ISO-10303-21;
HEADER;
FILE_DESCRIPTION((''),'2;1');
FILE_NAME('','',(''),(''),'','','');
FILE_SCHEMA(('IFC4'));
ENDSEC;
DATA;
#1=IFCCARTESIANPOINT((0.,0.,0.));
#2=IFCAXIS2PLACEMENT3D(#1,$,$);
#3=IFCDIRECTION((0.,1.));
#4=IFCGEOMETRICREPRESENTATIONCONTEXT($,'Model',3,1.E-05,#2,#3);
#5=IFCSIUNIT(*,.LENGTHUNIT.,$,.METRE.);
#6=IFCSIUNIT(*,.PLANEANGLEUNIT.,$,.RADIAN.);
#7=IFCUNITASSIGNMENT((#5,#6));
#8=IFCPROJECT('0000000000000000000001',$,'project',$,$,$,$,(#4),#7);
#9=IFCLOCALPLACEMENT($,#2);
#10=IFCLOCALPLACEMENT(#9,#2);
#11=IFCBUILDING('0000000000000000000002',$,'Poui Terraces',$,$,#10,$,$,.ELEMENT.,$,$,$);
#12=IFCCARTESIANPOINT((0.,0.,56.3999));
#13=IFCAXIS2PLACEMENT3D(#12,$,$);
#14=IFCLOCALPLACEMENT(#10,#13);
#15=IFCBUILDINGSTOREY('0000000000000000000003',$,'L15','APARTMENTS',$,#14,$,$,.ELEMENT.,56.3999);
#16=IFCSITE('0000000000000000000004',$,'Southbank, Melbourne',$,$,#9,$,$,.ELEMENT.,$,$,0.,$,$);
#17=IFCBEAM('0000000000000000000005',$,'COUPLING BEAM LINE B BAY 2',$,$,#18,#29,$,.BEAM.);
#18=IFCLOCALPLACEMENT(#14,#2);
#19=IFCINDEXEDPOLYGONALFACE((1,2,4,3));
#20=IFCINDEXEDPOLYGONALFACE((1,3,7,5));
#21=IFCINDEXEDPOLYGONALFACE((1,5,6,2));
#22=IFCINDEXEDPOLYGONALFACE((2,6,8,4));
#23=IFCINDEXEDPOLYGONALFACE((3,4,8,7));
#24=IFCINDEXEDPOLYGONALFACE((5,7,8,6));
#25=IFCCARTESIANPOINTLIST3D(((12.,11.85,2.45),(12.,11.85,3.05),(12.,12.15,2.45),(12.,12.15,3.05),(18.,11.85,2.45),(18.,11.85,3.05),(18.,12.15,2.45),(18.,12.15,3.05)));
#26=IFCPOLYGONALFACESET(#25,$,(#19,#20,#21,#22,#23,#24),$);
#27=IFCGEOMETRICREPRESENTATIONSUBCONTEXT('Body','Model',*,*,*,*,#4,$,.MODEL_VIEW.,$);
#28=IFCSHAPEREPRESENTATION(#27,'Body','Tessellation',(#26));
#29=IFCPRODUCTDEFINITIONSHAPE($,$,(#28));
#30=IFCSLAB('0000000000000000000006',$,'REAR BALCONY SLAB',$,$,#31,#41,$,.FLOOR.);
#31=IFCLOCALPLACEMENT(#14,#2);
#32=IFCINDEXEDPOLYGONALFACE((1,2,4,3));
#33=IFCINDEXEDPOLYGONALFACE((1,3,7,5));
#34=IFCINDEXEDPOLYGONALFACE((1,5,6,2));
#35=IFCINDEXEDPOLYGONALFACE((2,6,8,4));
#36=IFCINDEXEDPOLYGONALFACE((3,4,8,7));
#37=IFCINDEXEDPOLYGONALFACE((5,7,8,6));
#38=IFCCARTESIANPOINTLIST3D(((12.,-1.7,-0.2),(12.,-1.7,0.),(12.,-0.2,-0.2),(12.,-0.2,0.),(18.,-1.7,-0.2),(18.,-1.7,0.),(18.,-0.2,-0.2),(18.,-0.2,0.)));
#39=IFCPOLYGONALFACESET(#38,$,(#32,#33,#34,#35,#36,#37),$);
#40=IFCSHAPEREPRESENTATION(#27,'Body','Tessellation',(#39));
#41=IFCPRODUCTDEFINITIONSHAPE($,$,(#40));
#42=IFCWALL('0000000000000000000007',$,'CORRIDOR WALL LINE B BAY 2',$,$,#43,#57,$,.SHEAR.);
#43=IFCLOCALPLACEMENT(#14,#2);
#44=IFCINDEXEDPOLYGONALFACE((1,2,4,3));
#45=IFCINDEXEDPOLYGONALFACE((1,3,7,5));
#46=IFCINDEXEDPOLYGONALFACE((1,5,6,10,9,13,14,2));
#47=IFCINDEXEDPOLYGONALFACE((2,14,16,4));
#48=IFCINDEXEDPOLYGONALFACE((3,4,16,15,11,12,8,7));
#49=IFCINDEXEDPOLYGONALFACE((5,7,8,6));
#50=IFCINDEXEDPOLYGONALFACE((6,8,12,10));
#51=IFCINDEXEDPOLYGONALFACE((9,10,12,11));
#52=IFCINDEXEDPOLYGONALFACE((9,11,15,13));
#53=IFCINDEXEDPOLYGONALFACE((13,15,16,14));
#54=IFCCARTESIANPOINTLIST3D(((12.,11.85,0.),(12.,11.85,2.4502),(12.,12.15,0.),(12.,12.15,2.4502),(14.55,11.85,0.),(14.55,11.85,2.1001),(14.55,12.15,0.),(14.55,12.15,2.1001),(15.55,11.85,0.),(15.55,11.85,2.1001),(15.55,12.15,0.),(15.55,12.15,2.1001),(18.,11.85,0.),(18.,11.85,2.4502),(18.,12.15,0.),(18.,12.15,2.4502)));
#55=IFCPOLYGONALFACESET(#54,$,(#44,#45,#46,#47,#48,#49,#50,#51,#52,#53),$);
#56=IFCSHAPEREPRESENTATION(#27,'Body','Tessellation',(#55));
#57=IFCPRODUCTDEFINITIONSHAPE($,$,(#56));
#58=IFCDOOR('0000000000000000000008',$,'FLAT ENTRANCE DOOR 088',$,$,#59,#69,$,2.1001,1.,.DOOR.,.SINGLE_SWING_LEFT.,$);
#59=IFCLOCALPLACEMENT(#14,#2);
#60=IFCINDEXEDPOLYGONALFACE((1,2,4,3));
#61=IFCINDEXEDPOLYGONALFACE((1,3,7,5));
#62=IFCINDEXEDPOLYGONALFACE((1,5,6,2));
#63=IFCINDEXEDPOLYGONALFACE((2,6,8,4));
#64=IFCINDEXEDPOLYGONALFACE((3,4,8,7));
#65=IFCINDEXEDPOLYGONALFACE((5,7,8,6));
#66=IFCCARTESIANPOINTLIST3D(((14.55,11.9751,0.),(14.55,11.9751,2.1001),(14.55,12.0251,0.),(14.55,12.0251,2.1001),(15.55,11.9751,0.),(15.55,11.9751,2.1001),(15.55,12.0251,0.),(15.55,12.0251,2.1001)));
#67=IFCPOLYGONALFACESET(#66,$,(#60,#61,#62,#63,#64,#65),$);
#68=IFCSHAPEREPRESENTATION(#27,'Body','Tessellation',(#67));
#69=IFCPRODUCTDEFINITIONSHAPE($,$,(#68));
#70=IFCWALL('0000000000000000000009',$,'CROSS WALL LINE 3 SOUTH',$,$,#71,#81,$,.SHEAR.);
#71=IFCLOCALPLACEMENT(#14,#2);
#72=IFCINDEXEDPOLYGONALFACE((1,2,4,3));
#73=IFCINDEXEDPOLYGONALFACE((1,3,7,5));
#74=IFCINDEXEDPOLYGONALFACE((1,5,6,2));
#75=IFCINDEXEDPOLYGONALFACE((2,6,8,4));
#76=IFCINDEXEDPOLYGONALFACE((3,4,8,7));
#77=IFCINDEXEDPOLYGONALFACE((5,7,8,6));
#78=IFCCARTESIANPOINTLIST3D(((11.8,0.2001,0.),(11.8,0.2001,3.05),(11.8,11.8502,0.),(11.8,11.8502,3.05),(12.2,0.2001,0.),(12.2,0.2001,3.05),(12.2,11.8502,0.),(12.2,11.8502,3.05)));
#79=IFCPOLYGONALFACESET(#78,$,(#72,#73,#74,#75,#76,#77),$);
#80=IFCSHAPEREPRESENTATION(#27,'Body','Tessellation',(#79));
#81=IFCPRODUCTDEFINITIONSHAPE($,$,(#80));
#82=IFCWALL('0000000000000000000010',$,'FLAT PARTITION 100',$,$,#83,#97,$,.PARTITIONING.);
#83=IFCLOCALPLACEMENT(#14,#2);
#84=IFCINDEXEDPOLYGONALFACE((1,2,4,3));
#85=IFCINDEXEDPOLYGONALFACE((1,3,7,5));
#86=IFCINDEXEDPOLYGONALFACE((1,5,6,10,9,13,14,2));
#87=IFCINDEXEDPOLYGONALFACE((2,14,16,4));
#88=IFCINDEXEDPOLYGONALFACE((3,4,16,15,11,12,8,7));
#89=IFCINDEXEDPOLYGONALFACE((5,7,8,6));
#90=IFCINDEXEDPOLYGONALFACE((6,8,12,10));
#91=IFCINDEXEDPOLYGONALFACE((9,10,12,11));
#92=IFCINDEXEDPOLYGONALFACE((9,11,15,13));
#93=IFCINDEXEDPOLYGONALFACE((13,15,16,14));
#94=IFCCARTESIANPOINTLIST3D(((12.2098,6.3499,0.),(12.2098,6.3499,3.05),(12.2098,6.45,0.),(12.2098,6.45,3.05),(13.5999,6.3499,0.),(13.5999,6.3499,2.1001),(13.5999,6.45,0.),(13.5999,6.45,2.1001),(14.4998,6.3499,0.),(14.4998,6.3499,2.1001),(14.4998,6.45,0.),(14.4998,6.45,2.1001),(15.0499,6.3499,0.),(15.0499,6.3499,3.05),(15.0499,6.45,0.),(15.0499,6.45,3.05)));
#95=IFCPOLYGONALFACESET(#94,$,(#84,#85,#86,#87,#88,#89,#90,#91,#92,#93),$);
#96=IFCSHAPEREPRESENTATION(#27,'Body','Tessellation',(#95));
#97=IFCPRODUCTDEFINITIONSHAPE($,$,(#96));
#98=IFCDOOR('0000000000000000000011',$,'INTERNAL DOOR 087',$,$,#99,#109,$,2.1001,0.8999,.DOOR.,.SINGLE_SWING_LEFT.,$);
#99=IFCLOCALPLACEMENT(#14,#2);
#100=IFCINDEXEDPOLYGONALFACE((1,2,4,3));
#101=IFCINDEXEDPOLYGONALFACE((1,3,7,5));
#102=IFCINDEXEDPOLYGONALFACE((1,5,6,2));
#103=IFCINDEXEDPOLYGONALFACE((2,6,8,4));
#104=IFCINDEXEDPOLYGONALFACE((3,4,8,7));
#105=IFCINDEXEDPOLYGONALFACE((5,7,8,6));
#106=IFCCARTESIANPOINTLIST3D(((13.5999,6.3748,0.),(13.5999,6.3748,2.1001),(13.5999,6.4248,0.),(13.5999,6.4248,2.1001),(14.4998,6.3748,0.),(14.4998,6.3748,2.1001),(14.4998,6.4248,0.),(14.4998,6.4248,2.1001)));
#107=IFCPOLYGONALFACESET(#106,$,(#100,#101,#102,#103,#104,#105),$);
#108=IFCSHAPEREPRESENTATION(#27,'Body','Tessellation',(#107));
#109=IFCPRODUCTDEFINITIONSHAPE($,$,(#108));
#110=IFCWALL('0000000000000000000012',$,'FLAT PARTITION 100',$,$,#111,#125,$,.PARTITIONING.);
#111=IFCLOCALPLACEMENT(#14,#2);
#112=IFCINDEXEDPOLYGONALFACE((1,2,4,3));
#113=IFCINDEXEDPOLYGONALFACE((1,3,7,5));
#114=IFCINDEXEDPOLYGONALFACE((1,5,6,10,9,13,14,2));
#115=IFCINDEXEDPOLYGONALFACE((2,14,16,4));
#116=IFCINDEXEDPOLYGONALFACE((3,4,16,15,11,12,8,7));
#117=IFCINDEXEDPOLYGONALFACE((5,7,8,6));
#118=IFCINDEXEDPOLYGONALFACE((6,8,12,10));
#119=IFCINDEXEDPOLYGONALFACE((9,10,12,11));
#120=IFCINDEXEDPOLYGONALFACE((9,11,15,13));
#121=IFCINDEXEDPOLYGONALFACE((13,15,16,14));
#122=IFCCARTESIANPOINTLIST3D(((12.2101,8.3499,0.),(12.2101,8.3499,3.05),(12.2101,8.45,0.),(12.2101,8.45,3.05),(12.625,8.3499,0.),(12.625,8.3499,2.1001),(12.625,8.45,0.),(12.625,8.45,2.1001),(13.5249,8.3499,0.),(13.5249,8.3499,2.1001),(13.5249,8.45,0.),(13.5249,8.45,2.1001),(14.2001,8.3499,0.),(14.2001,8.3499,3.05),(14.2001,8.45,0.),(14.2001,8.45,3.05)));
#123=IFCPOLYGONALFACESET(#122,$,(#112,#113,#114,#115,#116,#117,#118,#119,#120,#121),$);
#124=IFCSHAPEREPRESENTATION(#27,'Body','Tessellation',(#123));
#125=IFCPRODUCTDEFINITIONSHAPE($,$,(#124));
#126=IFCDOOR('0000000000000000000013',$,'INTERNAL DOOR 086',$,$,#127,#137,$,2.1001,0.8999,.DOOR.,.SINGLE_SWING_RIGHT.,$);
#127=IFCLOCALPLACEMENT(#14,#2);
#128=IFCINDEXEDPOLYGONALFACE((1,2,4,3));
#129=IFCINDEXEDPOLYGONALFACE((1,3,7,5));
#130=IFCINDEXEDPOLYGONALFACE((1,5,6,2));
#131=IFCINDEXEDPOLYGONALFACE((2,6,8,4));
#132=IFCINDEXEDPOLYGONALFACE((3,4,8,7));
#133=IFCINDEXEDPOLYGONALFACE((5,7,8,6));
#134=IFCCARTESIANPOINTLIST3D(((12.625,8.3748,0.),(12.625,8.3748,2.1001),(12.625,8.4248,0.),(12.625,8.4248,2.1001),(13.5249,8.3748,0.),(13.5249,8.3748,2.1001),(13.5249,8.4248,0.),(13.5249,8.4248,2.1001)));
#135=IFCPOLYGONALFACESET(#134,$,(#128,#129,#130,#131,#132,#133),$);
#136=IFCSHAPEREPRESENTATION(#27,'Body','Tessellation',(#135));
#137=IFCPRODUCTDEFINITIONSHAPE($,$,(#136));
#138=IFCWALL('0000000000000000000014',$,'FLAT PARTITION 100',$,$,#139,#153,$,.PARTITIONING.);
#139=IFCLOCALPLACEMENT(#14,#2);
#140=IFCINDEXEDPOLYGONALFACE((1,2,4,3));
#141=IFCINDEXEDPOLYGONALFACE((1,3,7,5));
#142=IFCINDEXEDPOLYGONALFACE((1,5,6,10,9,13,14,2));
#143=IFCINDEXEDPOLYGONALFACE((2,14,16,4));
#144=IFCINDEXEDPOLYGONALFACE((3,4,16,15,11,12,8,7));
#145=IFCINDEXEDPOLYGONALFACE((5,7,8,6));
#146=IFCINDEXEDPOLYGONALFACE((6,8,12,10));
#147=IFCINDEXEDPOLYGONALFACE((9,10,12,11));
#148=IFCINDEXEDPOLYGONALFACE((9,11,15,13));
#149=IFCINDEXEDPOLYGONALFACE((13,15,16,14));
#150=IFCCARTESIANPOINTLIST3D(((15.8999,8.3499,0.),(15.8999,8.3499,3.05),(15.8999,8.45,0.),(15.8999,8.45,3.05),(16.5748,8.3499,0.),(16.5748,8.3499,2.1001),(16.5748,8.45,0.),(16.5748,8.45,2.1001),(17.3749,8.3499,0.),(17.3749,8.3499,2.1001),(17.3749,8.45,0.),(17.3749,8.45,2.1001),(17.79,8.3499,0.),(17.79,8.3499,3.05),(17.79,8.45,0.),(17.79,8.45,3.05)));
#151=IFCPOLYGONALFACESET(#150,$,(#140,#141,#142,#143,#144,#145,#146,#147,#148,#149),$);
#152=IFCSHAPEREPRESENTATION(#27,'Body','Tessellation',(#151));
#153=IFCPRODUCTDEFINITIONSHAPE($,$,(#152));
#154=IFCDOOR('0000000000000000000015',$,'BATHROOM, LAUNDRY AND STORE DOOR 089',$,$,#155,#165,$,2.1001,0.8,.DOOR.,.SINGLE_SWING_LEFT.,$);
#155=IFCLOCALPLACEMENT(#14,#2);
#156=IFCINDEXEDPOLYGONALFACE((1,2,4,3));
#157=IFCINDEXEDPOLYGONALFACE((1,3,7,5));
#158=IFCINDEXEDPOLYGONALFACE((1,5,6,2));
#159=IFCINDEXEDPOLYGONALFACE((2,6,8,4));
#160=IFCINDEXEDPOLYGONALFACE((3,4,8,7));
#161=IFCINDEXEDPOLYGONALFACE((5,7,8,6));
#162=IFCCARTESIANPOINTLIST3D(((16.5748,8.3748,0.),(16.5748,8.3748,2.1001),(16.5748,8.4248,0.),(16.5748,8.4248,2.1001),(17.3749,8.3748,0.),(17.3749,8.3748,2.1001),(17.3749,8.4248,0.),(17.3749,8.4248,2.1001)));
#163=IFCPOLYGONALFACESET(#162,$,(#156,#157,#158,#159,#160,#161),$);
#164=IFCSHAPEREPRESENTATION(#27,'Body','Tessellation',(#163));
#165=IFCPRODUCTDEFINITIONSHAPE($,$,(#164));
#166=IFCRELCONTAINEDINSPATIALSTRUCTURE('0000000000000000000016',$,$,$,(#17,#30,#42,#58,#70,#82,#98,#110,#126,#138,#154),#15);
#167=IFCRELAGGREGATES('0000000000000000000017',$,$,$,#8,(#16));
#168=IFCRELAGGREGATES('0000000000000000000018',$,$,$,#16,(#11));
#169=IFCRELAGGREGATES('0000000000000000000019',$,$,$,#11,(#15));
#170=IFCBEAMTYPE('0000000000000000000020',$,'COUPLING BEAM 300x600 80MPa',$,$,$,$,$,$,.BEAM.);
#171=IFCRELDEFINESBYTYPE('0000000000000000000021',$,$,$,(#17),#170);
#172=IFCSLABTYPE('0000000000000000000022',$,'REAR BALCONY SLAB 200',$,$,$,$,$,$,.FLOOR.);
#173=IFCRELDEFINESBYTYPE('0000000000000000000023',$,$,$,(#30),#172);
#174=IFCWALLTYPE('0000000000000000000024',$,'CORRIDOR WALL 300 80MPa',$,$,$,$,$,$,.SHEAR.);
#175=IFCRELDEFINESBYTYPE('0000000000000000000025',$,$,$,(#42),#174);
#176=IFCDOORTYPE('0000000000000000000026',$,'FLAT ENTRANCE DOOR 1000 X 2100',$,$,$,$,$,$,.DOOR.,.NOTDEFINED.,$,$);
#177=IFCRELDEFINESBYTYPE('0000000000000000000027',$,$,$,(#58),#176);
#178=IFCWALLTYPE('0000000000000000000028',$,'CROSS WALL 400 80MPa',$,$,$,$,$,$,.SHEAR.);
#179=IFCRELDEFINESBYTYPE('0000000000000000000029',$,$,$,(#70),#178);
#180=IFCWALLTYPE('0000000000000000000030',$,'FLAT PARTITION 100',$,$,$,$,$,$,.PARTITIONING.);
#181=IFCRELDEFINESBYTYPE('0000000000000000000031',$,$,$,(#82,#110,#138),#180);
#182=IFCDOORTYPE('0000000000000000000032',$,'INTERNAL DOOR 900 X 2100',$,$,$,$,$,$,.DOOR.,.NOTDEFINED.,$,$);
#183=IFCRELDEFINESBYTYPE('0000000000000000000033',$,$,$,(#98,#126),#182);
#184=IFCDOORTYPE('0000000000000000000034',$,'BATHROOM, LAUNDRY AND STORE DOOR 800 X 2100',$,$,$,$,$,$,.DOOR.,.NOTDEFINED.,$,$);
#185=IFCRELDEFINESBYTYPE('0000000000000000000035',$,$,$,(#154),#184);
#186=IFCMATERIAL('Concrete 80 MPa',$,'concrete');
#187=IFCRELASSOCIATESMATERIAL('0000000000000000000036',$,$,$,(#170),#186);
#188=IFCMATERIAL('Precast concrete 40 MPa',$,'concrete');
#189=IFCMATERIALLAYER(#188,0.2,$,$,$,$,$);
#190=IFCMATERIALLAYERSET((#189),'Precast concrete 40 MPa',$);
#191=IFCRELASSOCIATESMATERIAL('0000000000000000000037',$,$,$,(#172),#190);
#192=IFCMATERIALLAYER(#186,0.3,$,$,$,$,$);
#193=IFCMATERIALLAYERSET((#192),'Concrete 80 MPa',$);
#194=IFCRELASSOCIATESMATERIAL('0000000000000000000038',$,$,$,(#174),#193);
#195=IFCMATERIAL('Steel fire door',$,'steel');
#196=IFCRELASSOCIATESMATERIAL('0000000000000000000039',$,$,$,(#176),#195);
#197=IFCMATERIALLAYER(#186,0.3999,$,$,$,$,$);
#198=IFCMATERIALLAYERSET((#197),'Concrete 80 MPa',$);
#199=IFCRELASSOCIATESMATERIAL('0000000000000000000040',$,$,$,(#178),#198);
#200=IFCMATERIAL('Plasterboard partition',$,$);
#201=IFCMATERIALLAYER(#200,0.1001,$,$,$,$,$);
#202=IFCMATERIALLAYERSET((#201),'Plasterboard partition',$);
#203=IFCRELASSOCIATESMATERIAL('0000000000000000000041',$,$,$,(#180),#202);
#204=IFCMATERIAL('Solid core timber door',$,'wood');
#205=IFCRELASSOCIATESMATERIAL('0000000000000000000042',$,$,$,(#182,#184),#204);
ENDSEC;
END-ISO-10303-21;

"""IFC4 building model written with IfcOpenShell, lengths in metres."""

from ifc_helpers import new_model, si_unit, direction, frame, frame_2d, origin, origin_2d, place, context, subcontext, project, spatial, polyline, rectangle, outline, extrude, source, transform, mapped, material, layer, layer_set, material_profile, profile_set, type_object, element, fill, save


model = new_model("IFC4")

# Units and contexts
model_context = context("Model", 3, precision=1e-05, world=origin(), true_north=direction((0.0, 1.0)))
body_context = subcontext(model_context, "Body", "Model", "MODEL_VIEW")
ifc_project = project(units=[si_unit("LENGTHUNIT", "METRE"), si_unit("PLANEANGLEUNIT", "RADIAN")], contexts=[model_context])

# Site, building, storey
site_placement = place(None, origin())
site = spatial("IfcSite", under=ifc_project, at=site_placement, Name="Southbank, Melbourne", CompositionType="ELEMENT", RefElevation=0.0)
building_placement = place(site_placement, origin())
building = spatial("IfcBuilding", under=site, at=building_placement, Name="Poui Terraces", CompositionType="ELEMENT")
storey_placement = place(building_placement, frame((0.0, 0.0, 56.3999)))
storey = spatial("IfcBuildingStorey", under=building, at=storey_placement, Name="L15", Description="APARTMENTS", CompositionType="ELEMENT", Elevation=56.3999)

# Beam
ifc_material_1 = material(Name="Concrete 80 MPa", Category="concrete")
ifc_material_profile_1 = material_profile(ifc_material_1, rectangle(XDim=0.3, YDim=0.6001, at=origin_2d()), Name="RC 300x600")
ifc_profile_set_1 = profile_set([ifc_material_profile_1], Name="Concrete 80 MPa")
beam_type = type_object("IfcBeamType", Name="COUPLING BEAM 300x600 80MPa", PredefinedType="BEAM", material=ifc_profile_set_1)
shared_shape_1 = source(origin(), body_context, "Body", "SweptSolid", [
    extrude(rectangle(XDim=0.3, YDim=0.6001, at=origin_2d()), origin(), (0.0, 0.0, 1.0), 6.0),
])
beam_placement = place(storey_placement, frame((12.0, 12.0, 2.75), z_axis=(1.0, 0.0, 0.0), x_axis=(0.0, 1.0, 0.0)))
element("IfcBeam", 1, at=beam_placement, inside=storey, type_object=beam_type, Name="COUPLING BEAM LINE B BAY 2", PredefinedType="BEAM", context=body_context, shape_type="MappedRepresentation", body=[
    mapped(shared_shape_1, transform((0.0, 0.0, 0.0))),
])

# Slab
ifc_material_2 = material(Name="Precast concrete 40 MPa", Category="concrete")
ifc_layer_1 = layer(ifc_material_2, 0.2)
ifc_layer_set_1 = layer_set([ifc_layer_1], Name="Precast concrete 40 MPa")
slab_type = type_object("IfcSlabType", Name="REAR BALCONY SLAB 200", PredefinedType="FLOOR", material=ifc_layer_set_1)
shared_shape_2 = source(origin(), body_context, "Body", "SweptSolid", [
    extrude(outline(polyline([(0.0, 0.0), (6.0, 0.0), (6.0, 1.5), (0.0, 1.5), (0.0, 0.0)])), origin(), (0.0, 0.0, 1.0), 0.2),
])
slab_placement = place(storey_placement, frame((12.0, -1.7, -0.2)))
element("IfcSlab", 2, at=slab_placement, inside=storey, type_object=slab_type, Name="REAR BALCONY SLAB", PredefinedType="FLOOR", context=body_context, shape_type="MappedRepresentation", body=[
    mapped(shared_shape_2, transform((0.0, 0.0, 0.0))),
])

# Wall, opening, door
ifc_layer_2 = layer(ifc_material_1, 0.3)
ifc_layer_set_2 = layer_set([ifc_layer_2], Name="Concrete 80 MPa")
wall_type_1 = type_object("IfcWallType", Name="CORRIDOR WALL 300 80MPa", PredefinedType="SHEAR", material=ifc_layer_set_2)
wall_1_placement = place(storey_placement, frame((12.0, 12.0, 0.0), z_axis=(0.0, 0.0, 1.0), x_axis=(1.0, 0.0, 0.0)))
wall_1 = element("IfcWall", 3, at=wall_1_placement, inside=storey, type_object=wall_type_1, Name="CORRIDOR WALL LINE B BAY 2", PredefinedType="SHEAR", context=body_context, shape_type="SweptSolid", body=[
    extrude(rectangle(XDim=6.0, YDim=0.3, at=frame_2d((3.0, 0.0))), origin(), (0.0, 0.0, 1.0), 2.4502),
])
opening_1_placement = place(wall_1_placement, frame((2.55, 0.0, 0.0)))
opening_1 = element("IfcOpeningElement", 4, at=opening_1_placement, cuts=wall_1, PredefinedType="OPENING", context=body_context, shape_type="SweptSolid", body=[
    extrude(rectangle(XDim=1.0, YDim=2.1001, at=frame_2d((0.5, 1.05))), frame((0.0, 0.1602, 0.0), z_axis=(0.0, -1.0, 0.0), x_axis=(1.0, 0.0, 0.0)), (0.0, 0.0, 1.0), 0.3201),
])
ifc_material_3 = material(Name="Steel fire door", Category="steel")
door_type_1 = type_object("IfcDoorType", Name="FLAT ENTRANCE DOOR 1000 X 2100", OperationType="NOTDEFINED", PredefinedType="DOOR", material=ifc_material_3)
door_1_placement = place(opening_1_placement, frame((1.0, 0.0, 0.0), z_axis=(0.0, 0.0, 1.0), x_axis=(-1.0, 0.0, 0.0)))
door_1 = element("IfcDoor", 5, at=door_1_placement, inside=storey, type_object=door_type_1, Name="FLAT ENTRANCE DOOR 088", OperationType="SINGLE_SWING_LEFT", OverallHeight=2.1001, OverallWidth=1.0, PredefinedType="DOOR", context=body_context, shape_type="SweptSolid", body=[
    extrude(rectangle(XDim=1.0, YDim=2.1001, at=frame_2d((0.5, 1.05))), frame((0.0, 0.0249, 0.0), z_axis=(0.0, -1.0, 0.0), x_axis=(1.0, 0.0, 0.0)), (0.0, 0.0, 1.0), 0.05),
])
fill(opening_1, door_1)

# Wall
ifc_layer_3 = layer(ifc_material_1, 0.3999)
ifc_layer_set_3 = layer_set([ifc_layer_3], Name="Concrete 80 MPa")
wall_type_2 = type_object("IfcWallType", Name="CROSS WALL 400 80MPa", PredefinedType="SHEAR", material=ifc_layer_set_3)
wall_2_placement = place(storey_placement, frame((12.0, 0.2, 0.0), z_axis=(0.0, 0.0, 1.0), x_axis=(0.0, 1.0, 0.0)))
element("IfcWall", 6, at=wall_2_placement, inside=storey, type_object=wall_type_2, Name="CROSS WALL LINE 3 SOUTH", PredefinedType="SHEAR", context=body_context, shape_type="SweptSolid", body=[
    extrude(rectangle(XDim=11.6501, YDim=0.3999, at=frame_2d((5.8252, 0.0))), origin(), (0.0, 0.0, 1.0), 3.05),
])

# Walls, openings, doors
ifc_material_4 = material(Name="Plasterboard partition")
ifc_layer_4 = layer(ifc_material_4, 0.1001)
ifc_layer_set_4 = layer_set([ifc_layer_4], Name="Plasterboard partition")
wall_type_3 = type_object("IfcWallType", Name="FLAT PARTITION 100", PredefinedType="PARTITIONING", material=ifc_layer_set_4)
wall_3_placement = place(storey_placement, frame((12.21, 6.3999, 0.0), z_axis=(0.0, 0.0, 1.0), x_axis=(1.0, 0.0, 0.0)))
wall_3 = element("IfcWall", 7, at=wall_3_placement, inside=storey, type_object=wall_type_3, Name="FLAT PARTITION 100", PredefinedType="PARTITIONING", context=body_context, shape_type="SweptSolid", body=[
    extrude(rectangle(XDim=2.8401, YDim=0.1001, at=frame_2d((1.4199, 0.0))), origin(), (0.0, 0.0, 1.0), 3.05),
])
opening_2_placement = place(wall_3_placement, frame((1.3899, 0.0, 0.0)))
opening_2 = element("IfcOpeningElement", 8, at=opening_2_placement, cuts=wall_3, PredefinedType="OPENING", context=body_context, shape_type="SweptSolid", body=[
    extrude(rectangle(XDim=0.8999, YDim=2.1001, at=frame_2d((0.45, 1.05))), frame((0.0, 0.0601, 0.0), z_axis=(0.0, -1.0, 0.0), x_axis=(1.0, 0.0, 0.0)), (0.0, 0.0, 1.0), 0.1201),
])
ifc_material_5 = material(Name="Solid core timber door", Category="wood")
door_type_2 = type_object("IfcDoorType", Name="INTERNAL DOOR 900 X 2100", OperationType="NOTDEFINED", PredefinedType="DOOR", material=ifc_material_5)
door_2_placement = place(opening_2_placement, origin())
door_2 = element("IfcDoor", 9, at=door_2_placement, inside=storey, type_object=door_type_2, Name="INTERNAL DOOR 087", OperationType="SINGLE_SWING_LEFT", OverallHeight=2.1001, OverallWidth=0.8999, PredefinedType="DOOR", context=body_context, shape_type="SweptSolid", body=[
    extrude(rectangle(XDim=0.8999, YDim=2.1001, at=frame_2d((0.45, 1.05))), frame((0.0, 0.0249, 0.0), z_axis=(0.0, -1.0, 0.0), x_axis=(1.0, 0.0, 0.0)), (0.0, 0.0, 1.0), 0.05),
])
fill(opening_2, door_2)
wall_4_placement = place(storey_placement, frame((12.21, 8.3999, 0.0), z_axis=(0.0, 0.0, 1.0), x_axis=(1.0, 0.0, 0.0)))
wall_4 = element("IfcWall", 10, at=wall_4_placement, inside=storey, type_object=wall_type_3, Name="FLAT PARTITION 100", PredefinedType="PARTITIONING", context=body_context, shape_type="SweptSolid", body=[
    extrude(rectangle(XDim=1.99, YDim=0.1001, at=frame_2d((0.9951, 0.0))), origin(), (0.0, 0.0, 1.0), 3.05),
])
opening_3_placement = place(wall_4_placement, frame((0.415, 0.0, 0.0)))
opening_3 = element("IfcOpeningElement", 11, at=opening_3_placement, cuts=wall_4, PredefinedType="OPENING", context=body_context, shape_type="SweptSolid", body=[
    extrude(rectangle(XDim=0.8999, YDim=2.1001, at=frame_2d((0.45, 1.05))), frame((0.0, 0.0601, 0.0), z_axis=(0.0, -1.0, 0.0), x_axis=(1.0, 0.0, 0.0)), (0.0, 0.0, 1.0), 0.1201),
])
door_3_placement = place(opening_3_placement, origin())
door_3 = element("IfcDoor", 12, at=door_3_placement, inside=storey, type_object=door_type_2, Name="INTERNAL DOOR 086", OperationType="SINGLE_SWING_RIGHT", OverallHeight=2.1001, OverallWidth=0.8999, PredefinedType="DOOR", context=body_context, shape_type="SweptSolid", body=[
    extrude(rectangle(XDim=0.8999, YDim=2.1001, at=frame_2d((0.45, 1.05))), frame((0.0, 0.0249, 0.0), z_axis=(0.0, -1.0, 0.0), x_axis=(1.0, 0.0, 0.0)), (0.0, 0.0, 1.0), 0.05),
])
fill(opening_3, door_3)
wall_5_placement = place(storey_placement, frame((15.8999, 8.3999, 0.0), z_axis=(0.0, 0.0, 1.0), x_axis=(1.0, 0.0, 0.0)))
wall_5 = element("IfcWall", 13, at=wall_5_placement, inside=storey, type_object=wall_type_3, Name="FLAT PARTITION 100", PredefinedType="PARTITIONING", context=body_context, shape_type="SweptSolid", body=[
    extrude(rectangle(XDim=1.8901, YDim=0.1001, at=frame_2d((0.9451, 0.0))), origin(), (0.0, 0.0, 1.0), 3.05),
])
opening_4_placement = place(wall_5_placement, frame((0.675, 0.0, 0.0)))
opening_4 = element("IfcOpeningElement", 14, at=opening_4_placement, cuts=wall_5, PredefinedType="OPENING", context=body_context, shape_type="SweptSolid", body=[
    extrude(rectangle(XDim=0.8, YDim=2.1001, at=frame_2d((0.3999, 1.05))), frame((0.0, 0.0601, 0.0), z_axis=(0.0, -1.0, 0.0), x_axis=(1.0, 0.0, 0.0)), (0.0, 0.0, 1.0), 0.1201),
])
door_type_3 = type_object("IfcDoorType", Name="BATHROOM, LAUNDRY AND STORE DOOR 800 X 2100", OperationType="NOTDEFINED", PredefinedType="DOOR", material=ifc_material_5)
door_4_placement = place(opening_4_placement, origin())
door_4 = element("IfcDoor", 15, at=door_4_placement, inside=storey, type_object=door_type_3, Name="BATHROOM, LAUNDRY AND STORE DOOR 089", OperationType="SINGLE_SWING_LEFT", OverallHeight=2.1001, OverallWidth=0.8, PredefinedType="DOOR", context=body_context, shape_type="SweptSolid", body=[
    extrude(rectangle(XDim=0.8, YDim=2.1001, at=frame_2d((0.3999, 1.05))), frame((0.0, 0.0249, 0.0), z_axis=(0.0, -1.0, 0.0), x_axis=(1.0, 0.0, 0.0)), (0.0, 0.0, 1.0), 0.05),
])
fill(opening_4, door_4)

save(model, "model.ifc")
